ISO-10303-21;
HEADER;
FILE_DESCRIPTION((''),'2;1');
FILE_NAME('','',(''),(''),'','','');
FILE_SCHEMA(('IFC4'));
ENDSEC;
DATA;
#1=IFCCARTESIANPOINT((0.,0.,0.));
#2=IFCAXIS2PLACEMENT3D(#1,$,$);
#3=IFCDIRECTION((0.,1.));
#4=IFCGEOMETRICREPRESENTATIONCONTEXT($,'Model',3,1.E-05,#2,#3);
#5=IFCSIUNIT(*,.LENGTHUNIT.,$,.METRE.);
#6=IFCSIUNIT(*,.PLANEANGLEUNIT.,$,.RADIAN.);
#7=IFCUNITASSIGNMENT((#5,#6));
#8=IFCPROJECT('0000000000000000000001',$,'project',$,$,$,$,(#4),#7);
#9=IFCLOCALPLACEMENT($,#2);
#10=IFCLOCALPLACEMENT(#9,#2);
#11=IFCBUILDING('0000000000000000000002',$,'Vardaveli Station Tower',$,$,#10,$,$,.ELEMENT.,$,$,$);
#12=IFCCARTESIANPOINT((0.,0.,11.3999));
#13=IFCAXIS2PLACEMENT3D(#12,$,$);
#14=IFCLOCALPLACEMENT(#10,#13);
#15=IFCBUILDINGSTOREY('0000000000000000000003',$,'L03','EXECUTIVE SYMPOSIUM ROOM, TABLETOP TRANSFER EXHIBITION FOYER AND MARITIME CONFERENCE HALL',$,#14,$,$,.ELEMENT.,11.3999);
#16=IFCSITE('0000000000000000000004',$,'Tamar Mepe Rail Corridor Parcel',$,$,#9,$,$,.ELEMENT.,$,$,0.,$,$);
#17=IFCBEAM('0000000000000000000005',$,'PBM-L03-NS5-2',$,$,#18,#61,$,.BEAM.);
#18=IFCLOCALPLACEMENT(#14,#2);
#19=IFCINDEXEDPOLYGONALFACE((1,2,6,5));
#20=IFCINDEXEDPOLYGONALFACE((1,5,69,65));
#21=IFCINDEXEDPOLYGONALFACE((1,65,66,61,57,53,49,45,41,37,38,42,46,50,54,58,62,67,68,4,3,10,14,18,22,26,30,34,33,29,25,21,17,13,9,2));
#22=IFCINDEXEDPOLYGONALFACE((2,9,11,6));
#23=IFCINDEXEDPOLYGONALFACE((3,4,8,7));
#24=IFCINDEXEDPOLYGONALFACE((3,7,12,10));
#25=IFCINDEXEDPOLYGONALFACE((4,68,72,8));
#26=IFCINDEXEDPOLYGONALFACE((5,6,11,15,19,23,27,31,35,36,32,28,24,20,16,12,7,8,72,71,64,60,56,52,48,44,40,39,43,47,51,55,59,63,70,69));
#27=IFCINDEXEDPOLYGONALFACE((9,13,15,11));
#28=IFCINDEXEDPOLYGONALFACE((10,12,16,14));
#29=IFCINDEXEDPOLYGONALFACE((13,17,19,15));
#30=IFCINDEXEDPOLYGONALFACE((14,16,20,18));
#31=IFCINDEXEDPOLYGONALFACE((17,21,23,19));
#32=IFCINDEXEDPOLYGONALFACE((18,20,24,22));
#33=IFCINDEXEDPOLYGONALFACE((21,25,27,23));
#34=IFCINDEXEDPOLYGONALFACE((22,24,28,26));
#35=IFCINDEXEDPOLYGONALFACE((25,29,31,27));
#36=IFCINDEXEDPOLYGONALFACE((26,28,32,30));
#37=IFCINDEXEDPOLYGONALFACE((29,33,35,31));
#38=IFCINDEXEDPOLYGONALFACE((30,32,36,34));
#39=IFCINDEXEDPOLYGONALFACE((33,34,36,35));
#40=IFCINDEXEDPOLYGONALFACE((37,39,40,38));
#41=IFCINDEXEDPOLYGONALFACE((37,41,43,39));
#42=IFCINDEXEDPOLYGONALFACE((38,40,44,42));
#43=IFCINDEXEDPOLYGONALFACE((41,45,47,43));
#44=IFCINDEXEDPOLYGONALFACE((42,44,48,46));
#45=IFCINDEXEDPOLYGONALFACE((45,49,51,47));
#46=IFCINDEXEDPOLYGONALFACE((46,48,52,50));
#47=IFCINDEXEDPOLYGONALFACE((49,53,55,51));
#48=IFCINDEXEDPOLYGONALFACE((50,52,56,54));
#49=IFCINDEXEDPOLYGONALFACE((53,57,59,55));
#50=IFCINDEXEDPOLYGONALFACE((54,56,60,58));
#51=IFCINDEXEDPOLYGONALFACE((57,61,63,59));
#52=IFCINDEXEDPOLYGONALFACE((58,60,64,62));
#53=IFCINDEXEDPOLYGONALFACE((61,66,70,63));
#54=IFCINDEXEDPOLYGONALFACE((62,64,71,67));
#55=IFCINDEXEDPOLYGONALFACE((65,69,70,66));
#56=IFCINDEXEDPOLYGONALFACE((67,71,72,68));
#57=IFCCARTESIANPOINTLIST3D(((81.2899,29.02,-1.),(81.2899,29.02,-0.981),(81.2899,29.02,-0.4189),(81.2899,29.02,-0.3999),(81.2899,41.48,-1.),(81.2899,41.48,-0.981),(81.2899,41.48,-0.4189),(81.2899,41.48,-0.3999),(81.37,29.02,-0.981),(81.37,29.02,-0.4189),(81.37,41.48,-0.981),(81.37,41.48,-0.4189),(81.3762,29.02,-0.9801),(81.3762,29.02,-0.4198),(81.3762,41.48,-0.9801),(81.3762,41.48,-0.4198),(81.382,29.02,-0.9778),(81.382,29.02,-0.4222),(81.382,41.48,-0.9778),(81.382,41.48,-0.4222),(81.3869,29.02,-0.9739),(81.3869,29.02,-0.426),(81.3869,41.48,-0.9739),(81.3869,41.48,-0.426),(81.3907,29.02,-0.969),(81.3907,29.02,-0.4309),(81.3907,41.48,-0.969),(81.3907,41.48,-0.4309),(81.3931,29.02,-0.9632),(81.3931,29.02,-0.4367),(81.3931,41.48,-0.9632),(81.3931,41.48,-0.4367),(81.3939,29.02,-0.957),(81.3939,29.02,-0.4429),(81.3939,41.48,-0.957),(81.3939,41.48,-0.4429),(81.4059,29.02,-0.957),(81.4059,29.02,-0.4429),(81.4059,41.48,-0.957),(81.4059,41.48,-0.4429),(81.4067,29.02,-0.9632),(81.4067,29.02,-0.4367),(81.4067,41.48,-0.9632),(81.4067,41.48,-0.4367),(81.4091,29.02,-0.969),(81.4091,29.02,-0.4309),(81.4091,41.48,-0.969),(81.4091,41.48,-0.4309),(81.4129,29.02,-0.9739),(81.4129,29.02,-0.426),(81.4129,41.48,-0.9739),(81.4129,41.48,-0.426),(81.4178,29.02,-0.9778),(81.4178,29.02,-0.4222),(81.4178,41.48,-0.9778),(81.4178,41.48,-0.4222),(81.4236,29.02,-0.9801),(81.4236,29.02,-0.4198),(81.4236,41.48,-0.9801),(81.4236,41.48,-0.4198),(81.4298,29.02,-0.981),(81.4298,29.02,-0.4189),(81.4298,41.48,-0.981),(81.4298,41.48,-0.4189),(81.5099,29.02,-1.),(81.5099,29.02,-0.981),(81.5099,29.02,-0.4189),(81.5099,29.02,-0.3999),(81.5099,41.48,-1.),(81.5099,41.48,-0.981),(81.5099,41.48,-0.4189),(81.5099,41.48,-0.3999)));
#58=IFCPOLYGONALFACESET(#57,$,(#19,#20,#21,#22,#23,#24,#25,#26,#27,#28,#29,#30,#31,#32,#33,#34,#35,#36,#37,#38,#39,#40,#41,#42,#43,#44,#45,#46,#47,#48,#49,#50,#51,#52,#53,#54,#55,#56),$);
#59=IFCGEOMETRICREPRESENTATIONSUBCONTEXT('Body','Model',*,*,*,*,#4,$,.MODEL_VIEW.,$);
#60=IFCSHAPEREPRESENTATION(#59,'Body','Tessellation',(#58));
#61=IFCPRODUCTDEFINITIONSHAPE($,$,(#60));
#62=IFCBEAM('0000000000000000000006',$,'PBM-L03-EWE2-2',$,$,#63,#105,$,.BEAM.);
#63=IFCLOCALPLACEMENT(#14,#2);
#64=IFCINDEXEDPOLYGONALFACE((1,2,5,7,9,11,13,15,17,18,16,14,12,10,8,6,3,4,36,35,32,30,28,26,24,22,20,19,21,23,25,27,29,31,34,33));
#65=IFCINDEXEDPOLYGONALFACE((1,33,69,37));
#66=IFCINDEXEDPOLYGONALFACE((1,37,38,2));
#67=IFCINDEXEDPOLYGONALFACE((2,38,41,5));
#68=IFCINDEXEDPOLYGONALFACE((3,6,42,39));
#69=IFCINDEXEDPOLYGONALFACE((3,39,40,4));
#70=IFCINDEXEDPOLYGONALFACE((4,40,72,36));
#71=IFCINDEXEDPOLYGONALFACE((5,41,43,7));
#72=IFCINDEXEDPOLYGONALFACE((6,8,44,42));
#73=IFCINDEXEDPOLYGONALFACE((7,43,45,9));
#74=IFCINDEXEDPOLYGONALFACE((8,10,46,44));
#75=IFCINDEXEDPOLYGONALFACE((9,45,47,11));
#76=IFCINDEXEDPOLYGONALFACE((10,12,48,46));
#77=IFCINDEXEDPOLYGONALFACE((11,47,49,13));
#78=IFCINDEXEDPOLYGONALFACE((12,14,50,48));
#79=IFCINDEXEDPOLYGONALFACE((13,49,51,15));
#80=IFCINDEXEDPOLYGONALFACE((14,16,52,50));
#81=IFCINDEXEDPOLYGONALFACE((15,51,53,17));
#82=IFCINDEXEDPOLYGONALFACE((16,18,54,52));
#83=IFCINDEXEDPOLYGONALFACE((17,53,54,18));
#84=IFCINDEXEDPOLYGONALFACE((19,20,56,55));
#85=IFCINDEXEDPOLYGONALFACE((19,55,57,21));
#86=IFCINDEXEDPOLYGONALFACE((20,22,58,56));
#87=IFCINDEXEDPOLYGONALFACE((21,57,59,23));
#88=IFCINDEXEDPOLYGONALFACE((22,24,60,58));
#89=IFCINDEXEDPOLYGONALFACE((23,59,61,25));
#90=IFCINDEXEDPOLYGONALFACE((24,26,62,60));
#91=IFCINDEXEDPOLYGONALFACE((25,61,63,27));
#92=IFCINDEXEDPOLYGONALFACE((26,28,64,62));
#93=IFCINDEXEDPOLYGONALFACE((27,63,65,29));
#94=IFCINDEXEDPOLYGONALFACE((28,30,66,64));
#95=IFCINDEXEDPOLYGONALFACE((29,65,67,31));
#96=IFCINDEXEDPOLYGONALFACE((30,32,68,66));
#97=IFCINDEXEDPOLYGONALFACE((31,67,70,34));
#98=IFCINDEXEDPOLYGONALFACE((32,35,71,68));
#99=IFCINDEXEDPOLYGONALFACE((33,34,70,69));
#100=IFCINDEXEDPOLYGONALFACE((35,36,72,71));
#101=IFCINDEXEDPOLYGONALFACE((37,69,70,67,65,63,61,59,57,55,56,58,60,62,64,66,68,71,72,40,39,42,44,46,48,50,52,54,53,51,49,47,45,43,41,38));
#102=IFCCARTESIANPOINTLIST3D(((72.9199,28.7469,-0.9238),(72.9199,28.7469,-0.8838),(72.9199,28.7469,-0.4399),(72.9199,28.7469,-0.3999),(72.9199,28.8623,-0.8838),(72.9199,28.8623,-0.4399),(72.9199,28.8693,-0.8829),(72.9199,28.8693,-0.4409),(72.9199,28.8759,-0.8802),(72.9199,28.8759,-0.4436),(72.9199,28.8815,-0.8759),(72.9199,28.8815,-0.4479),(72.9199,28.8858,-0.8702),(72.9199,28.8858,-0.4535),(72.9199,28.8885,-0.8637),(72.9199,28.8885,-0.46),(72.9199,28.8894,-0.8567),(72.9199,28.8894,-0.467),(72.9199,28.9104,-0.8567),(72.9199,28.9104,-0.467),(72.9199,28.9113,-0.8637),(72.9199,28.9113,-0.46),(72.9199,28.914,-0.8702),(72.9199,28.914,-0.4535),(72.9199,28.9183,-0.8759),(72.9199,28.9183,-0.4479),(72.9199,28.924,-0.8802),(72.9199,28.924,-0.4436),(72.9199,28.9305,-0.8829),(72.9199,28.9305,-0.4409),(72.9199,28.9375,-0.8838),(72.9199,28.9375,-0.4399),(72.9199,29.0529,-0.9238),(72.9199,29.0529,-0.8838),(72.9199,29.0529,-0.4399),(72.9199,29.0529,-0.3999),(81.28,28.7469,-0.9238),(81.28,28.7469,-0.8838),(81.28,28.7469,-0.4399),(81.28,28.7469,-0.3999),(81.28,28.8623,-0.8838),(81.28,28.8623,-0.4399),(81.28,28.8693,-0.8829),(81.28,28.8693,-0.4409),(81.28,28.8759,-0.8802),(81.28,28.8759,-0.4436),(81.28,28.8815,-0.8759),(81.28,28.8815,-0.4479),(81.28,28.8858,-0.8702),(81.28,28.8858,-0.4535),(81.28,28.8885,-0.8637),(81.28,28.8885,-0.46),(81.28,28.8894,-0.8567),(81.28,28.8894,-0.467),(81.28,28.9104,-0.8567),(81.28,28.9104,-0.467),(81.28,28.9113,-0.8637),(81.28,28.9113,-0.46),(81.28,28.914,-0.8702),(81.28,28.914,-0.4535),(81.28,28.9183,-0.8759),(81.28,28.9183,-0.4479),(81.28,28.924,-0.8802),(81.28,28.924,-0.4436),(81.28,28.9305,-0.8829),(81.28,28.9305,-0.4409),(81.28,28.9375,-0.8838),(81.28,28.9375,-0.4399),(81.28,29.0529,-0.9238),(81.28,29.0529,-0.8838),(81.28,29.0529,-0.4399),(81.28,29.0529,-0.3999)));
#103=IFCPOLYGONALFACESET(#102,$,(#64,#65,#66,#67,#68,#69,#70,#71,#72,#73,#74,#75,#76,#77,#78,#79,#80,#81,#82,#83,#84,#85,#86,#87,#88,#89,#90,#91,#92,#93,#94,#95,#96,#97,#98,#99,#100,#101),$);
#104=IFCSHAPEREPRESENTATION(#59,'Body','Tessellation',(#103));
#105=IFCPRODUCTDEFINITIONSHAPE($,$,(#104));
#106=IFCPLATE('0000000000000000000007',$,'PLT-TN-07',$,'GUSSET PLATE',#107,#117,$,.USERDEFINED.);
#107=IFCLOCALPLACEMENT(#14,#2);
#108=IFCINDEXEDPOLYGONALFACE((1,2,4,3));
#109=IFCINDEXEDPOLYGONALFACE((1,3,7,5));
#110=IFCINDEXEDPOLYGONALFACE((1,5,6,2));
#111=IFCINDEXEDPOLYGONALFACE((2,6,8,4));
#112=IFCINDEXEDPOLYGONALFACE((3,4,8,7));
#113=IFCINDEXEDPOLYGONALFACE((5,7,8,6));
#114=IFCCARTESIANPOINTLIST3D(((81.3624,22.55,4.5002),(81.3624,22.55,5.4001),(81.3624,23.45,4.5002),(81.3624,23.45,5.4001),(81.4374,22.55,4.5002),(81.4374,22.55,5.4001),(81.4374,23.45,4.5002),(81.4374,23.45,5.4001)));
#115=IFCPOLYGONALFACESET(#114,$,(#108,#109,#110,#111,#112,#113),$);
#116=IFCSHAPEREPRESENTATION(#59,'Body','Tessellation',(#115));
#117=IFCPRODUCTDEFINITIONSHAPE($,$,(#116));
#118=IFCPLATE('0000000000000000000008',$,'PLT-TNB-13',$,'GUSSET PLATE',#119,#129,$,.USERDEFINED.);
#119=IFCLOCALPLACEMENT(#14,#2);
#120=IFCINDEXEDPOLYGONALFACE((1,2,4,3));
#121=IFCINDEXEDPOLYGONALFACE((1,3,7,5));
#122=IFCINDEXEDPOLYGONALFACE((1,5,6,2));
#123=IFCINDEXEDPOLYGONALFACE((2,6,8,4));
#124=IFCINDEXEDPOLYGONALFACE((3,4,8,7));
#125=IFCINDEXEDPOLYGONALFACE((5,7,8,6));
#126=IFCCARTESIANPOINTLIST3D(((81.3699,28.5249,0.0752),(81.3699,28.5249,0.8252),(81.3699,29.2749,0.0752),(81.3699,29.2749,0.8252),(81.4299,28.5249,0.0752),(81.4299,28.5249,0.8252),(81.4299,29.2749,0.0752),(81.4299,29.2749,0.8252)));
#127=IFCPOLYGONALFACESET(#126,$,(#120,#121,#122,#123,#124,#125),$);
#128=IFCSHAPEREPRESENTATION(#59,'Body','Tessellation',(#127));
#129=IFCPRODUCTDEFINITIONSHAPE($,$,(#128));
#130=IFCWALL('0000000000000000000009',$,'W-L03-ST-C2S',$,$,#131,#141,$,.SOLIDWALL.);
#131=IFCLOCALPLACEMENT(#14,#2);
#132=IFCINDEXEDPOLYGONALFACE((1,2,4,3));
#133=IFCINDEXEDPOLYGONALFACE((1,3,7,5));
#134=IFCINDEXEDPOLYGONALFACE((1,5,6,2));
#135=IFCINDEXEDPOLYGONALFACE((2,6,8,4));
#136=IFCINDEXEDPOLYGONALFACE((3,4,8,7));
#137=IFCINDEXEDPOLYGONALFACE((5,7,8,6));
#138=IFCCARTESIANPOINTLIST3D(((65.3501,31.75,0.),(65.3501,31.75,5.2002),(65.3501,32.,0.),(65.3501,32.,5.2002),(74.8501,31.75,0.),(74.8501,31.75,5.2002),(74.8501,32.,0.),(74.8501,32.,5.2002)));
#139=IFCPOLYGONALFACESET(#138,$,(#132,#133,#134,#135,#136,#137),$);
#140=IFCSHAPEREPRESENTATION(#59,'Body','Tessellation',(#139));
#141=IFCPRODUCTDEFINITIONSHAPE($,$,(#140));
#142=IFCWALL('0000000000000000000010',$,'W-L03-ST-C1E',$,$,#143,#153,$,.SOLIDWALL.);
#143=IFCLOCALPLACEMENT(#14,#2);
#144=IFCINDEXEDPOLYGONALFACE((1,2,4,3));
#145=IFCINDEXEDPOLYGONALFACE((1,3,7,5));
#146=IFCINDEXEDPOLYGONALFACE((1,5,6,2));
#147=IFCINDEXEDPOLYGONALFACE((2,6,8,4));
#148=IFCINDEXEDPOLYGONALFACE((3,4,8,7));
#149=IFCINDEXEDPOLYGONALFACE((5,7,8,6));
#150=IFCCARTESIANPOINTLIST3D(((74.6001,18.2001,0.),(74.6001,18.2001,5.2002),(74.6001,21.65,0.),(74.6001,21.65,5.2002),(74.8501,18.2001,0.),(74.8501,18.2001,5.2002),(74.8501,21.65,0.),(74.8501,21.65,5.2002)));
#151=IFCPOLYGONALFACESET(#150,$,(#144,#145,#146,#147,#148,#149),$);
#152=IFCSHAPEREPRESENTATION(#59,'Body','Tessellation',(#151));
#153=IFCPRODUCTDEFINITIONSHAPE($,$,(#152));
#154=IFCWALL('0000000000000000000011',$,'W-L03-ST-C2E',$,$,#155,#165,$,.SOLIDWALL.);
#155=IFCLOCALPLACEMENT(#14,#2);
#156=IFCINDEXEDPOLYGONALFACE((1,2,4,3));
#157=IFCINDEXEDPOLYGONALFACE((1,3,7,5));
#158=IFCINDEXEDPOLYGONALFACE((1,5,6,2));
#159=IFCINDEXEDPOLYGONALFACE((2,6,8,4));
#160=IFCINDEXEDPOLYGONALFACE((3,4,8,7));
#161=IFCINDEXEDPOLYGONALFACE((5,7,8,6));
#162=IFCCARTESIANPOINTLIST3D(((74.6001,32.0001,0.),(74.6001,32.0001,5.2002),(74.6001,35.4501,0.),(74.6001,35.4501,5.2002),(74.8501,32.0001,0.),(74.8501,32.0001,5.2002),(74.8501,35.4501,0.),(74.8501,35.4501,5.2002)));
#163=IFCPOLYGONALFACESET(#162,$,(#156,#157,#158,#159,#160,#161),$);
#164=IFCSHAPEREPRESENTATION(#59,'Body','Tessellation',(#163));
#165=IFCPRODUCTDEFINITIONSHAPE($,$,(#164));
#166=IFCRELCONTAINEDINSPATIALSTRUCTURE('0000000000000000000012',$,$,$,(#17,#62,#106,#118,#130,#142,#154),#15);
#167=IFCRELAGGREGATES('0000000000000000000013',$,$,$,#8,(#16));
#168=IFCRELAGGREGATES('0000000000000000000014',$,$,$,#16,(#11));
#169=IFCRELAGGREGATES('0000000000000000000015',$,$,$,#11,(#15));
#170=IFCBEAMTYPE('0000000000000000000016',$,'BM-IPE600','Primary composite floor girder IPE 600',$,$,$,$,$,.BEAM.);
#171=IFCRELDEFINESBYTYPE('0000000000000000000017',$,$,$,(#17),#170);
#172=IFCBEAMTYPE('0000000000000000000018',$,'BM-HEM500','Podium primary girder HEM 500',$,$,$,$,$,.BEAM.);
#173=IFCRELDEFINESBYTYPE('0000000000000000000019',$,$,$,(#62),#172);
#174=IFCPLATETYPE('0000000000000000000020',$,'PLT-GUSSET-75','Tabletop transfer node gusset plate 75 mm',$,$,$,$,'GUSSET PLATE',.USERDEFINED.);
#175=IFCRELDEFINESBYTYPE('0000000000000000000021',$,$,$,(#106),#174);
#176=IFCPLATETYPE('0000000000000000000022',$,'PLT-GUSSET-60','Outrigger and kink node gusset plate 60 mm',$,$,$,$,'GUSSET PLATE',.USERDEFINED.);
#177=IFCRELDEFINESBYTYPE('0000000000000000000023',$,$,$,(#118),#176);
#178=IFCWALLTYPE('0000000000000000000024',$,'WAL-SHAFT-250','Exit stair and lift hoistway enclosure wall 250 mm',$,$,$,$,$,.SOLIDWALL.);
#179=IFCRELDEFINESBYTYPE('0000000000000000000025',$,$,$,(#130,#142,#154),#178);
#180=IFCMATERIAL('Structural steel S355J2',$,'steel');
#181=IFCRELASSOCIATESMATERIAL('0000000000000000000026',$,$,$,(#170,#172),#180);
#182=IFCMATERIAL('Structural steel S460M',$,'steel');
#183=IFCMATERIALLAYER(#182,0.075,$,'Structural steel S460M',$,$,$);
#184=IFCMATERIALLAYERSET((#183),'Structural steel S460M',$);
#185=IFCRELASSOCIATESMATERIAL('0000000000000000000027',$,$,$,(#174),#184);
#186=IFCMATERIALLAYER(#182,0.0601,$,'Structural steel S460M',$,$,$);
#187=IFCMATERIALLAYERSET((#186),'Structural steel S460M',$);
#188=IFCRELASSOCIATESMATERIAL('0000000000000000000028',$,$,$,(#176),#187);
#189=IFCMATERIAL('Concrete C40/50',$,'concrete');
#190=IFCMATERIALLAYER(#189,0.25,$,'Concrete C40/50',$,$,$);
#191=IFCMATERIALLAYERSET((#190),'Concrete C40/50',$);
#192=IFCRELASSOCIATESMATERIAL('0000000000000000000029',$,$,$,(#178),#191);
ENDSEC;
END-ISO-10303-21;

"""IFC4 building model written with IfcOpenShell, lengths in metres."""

from ifc_helpers import new_model, si_unit, direction, frame, frame_2d, origin, origin_2d, place, context, subcontext, project, spatial, rectangle, i_section, extrude, source, transform, mapped, material, layer, layer_set, material_profile, profile_set, type_object, element, save


model = new_model("IFC4")

# Units and contexts
model_context = context("Model", 3, precision=1e-05, world=origin(), true_north=direction((0.0, 1.0)))
body_context = subcontext(model_context, "Body", "Model", "MODEL_VIEW")
ifc_project = project(units=[si_unit("LENGTHUNIT", "METRE"), si_unit("PLANEANGLEUNIT", "RADIAN")], contexts=[model_context])

# Site, building, storey
site_placement = place(None, origin())
site = spatial("IfcSite", under=ifc_project, at=site_placement, Name="Tamar Mepe Rail Corridor Parcel", CompositionType="ELEMENT", RefElevation=0.0)
building_placement = place(site_placement, origin())
building = spatial("IfcBuilding", under=site, at=building_placement, Name="Vardaveli Station Tower", CompositionType="ELEMENT")
storey_placement = place(building_placement, frame((0.0, 0.0, 11.3999)))
storey = spatial("IfcBuildingStorey", under=building, at=storey_placement, Name="L03", Description="EXECUTIVE SYMPOSIUM ROOM, TABLETOP TRANSFER EXHIBITION FOYER AND MARITIME CONFERENCE HALL", CompositionType="ELEMENT", Elevation=11.3999)

# Shared definitions
ifc_material_1 = material(Name="Structural steel S460M", Category="steel")

# Beams
ifc_material_2 = material(Name="Structural steel S355J2", Category="steel")
ifc_material_profile_1 = material_profile(ifc_material_2, i_section(OverallWidth=0.22, OverallDepth=0.6001, WebThickness=0.012, FlangeThickness=0.019, FilletRadius=0.0239, at=origin_2d()), Name="IPE 600")
ifc_profile_set_1 = profile_set([ifc_material_profile_1], Name="Structural steel S355J2")
beam_type_1 = type_object("IfcBeamType", Name="BM-IPE600", Description="Primary composite floor girder IPE 600", PredefinedType="BEAM", material=ifc_profile_set_1)
shared_shape_1 = source(origin(), body_context, "Body", "SweptSolid", [
    extrude(i_section(OverallWidth=0.22, OverallDepth=0.6001, WebThickness=0.012, FlangeThickness=0.019, FilletRadius=0.0239, at=origin_2d()), origin(), (0.0, 0.0, 1.0), 12.46),
])
beam_1_placement = place(storey_placement, frame((81.3999, 29.02, -0.7), z_axis=(0.0, 1.0, 0.0), x_axis=(-1.0, 0.0, 0.0)))
element("IfcBeam", 1, at=beam_1_placement, inside=storey, type_object=beam_type_1, Name="PBM-L03-NS5-2", PredefinedType="BEAM", context=body_context, shape_type="MappedRepresentation", body=[
    mapped(shared_shape_1, transform((0.0, 0.0, 0.0), scale=1.0)),
])
ifc_material_profile_2 = material_profile(ifc_material_2, i_section(OverallWidth=0.3059, OverallDepth=0.5239, WebThickness=0.021, FlangeThickness=0.04, FilletRadius=0.0271, at=origin_2d()), Name="HEM 500")
ifc_profile_set_2 = profile_set([ifc_material_profile_2], Name="Structural steel S355J2")
beam_type_2 = type_object("IfcBeamType", Name="BM-HEM500", Description="Podium primary girder HEM 500", PredefinedType="BEAM", material=ifc_profile_set_2)
shared_shape_2 = source(origin(), body_context, "Body", "SweptSolid", [
    extrude(i_section(OverallWidth=0.3059, OverallDepth=0.5239, WebThickness=0.021, FlangeThickness=0.04, FilletRadius=0.0271, at=origin_2d()), origin(), (0.0, 0.0, 1.0), 8.3601),
])
beam_2_placement = place(storey_placement, frame((72.9199, 28.8999, -0.6619), z_axis=(1.0, 0.0, 0.0), x_axis=(0.0, 1.0, 0.0)))
element("IfcBeam", 2, at=beam_2_placement, inside=storey, type_object=beam_type_2, Name="PBM-L03-EWE2-2", PredefinedType="BEAM", context=body_context, shape_type="MappedRepresentation", body=[
    mapped(shared_shape_2, transform((0.0, 0.0, 0.0), scale=1.0)),
])

# Plates
ifc_layer_1 = layer(ifc_material_1, 0.075, Name="Structural steel S460M")
ifc_layer_set_1 = layer_set([ifc_layer_1], Name="Structural steel S460M")
plate_type_1 = type_object("IfcPlateType", Name="PLT-GUSSET-75", Description="Tabletop transfer node gusset plate 75 mm", ElementType="GUSSET PLATE", PredefinedType="USERDEFINED", material=ifc_layer_set_1)
shared_shape_3 = source(origin(), body_context, "Body", "SweptSolid", [
    extrude(rectangle(XDim=0.8999, YDim=0.075, at=origin_2d()), origin(), (0.0, 0.0, 1.0), 0.8999),
])
plate_1_placement = place(storey_placement, frame((81.3999, 23.0, 4.5002), z_axis=(0.0, 0.0, 1.0), x_axis=(0.0, 1.0, 0.0)))
element("IfcPlate", 3, at=plate_1_placement, inside=storey, type_object=plate_type_1, Name="PLT-TN-07", ObjectType="GUSSET PLATE", PredefinedType="USERDEFINED", context=body_context, shape_type="MappedRepresentation", body=[
    mapped(shared_shape_3, transform((0.0, 0.0, 0.0), scale=1.0)),
])
ifc_layer_2 = layer(ifc_material_1, 0.0601, Name="Structural steel S460M")
ifc_layer_set_2 = layer_set([ifc_layer_2], Name="Structural steel S460M")
plate_type_2 = type_object("IfcPlateType", Name="PLT-GUSSET-60", Description="Outrigger and kink node gusset plate 60 mm", ElementType="GUSSET PLATE", PredefinedType="USERDEFINED", material=ifc_layer_set_2)
shared_shape_4 = source(origin(), body_context, "Body", "SweptSolid", [
    extrude(rectangle(XDim=0.75, YDim=0.0601, at=origin_2d()), origin(), (0.0, 0.0, 1.0), 0.75),
])
plate_2_placement = place(storey_placement, frame((81.3999, 28.8999, 0.0752), z_axis=(0.0, 0.0, 1.0), x_axis=(0.0, 1.0, 0.0)))
element("IfcPlate", 4, at=plate_2_placement, inside=storey, type_object=plate_type_2, Name="PLT-TNB-13", ObjectType="GUSSET PLATE", PredefinedType="USERDEFINED", context=body_context, shape_type="MappedRepresentation", body=[
    mapped(shared_shape_4, transform((0.0, 0.0, 0.0), scale=1.0)),
])

# Walls
ifc_material_3 = material(Name="Concrete C40/50", Category="concrete")
ifc_layer_3 = layer(ifc_material_3, 0.25, Name="Concrete C40/50")
ifc_layer_set_3 = layer_set([ifc_layer_3], Name="Concrete C40/50")
wall_type_1 = type_object("IfcWallType", Name="WAL-SHAFT-250", Description="Exit stair and lift hoistway enclosure wall 250 mm", PredefinedType="SOLIDWALL", material=ifc_layer_set_3)
shared_shape_5 = source(origin(), body_context, "Body", "SweptSolid", [
    extrude(rectangle(XDim=9.5, YDim=0.25, at=frame_2d((4.75, 0.0))), origin(), (0.0, 0.0, 1.0), 5.2002),
])
wall_1_placement = place(storey_placement, frame((65.3501, 31.875, 0.0), z_axis=(0.0, 0.0, 1.0), x_axis=(1.0, 0.0, 0.0)))
element("IfcWall", 5, at=wall_1_placement, inside=storey, type_object=wall_type_1, Name="W-L03-ST-C2S", PredefinedType="SOLIDWALL", context=body_context, shape_type="MappedRepresentation", body=[
    mapped(shared_shape_5, transform((0.0, 0.0, 0.0), scale=1.0)),
])
shared_shape_6 = source(origin(), body_context, "Body", "SweptSolid", [
    extrude(rectangle(XDim=3.45, YDim=0.25, at=frame_2d((1.7251, 0.0))), origin(), (0.0, 0.0, 1.0), 5.2002),
])
for number, where, z_axis, x_axis, name in (
    (6, (74.7251, 18.2, 0.0), (0.0, 0.0, 1.0), (0.0, 1.0, 0.0), "W-L03-ST-C1E"),
    (7, (74.7251, 32.0, 0.0), (0.0, 0.0, 1.0), (0.0, 1.0, 0.0), "W-L03-ST-C2E"),
):
    element("IfcWall", number, at=place(storey_placement, frame(where, z_axis=z_axis, x_axis=x_axis)), inside=storey, type_object=wall_type_1, Name=name, PredefinedType="SOLIDWALL", context=body_context, shape_type="MappedRepresentation", body=[
        mapped(shared_shape_6, transform((0.0, 0.0, 0.0), scale=1.0)),
    ])

save(model, "model.ifc")
